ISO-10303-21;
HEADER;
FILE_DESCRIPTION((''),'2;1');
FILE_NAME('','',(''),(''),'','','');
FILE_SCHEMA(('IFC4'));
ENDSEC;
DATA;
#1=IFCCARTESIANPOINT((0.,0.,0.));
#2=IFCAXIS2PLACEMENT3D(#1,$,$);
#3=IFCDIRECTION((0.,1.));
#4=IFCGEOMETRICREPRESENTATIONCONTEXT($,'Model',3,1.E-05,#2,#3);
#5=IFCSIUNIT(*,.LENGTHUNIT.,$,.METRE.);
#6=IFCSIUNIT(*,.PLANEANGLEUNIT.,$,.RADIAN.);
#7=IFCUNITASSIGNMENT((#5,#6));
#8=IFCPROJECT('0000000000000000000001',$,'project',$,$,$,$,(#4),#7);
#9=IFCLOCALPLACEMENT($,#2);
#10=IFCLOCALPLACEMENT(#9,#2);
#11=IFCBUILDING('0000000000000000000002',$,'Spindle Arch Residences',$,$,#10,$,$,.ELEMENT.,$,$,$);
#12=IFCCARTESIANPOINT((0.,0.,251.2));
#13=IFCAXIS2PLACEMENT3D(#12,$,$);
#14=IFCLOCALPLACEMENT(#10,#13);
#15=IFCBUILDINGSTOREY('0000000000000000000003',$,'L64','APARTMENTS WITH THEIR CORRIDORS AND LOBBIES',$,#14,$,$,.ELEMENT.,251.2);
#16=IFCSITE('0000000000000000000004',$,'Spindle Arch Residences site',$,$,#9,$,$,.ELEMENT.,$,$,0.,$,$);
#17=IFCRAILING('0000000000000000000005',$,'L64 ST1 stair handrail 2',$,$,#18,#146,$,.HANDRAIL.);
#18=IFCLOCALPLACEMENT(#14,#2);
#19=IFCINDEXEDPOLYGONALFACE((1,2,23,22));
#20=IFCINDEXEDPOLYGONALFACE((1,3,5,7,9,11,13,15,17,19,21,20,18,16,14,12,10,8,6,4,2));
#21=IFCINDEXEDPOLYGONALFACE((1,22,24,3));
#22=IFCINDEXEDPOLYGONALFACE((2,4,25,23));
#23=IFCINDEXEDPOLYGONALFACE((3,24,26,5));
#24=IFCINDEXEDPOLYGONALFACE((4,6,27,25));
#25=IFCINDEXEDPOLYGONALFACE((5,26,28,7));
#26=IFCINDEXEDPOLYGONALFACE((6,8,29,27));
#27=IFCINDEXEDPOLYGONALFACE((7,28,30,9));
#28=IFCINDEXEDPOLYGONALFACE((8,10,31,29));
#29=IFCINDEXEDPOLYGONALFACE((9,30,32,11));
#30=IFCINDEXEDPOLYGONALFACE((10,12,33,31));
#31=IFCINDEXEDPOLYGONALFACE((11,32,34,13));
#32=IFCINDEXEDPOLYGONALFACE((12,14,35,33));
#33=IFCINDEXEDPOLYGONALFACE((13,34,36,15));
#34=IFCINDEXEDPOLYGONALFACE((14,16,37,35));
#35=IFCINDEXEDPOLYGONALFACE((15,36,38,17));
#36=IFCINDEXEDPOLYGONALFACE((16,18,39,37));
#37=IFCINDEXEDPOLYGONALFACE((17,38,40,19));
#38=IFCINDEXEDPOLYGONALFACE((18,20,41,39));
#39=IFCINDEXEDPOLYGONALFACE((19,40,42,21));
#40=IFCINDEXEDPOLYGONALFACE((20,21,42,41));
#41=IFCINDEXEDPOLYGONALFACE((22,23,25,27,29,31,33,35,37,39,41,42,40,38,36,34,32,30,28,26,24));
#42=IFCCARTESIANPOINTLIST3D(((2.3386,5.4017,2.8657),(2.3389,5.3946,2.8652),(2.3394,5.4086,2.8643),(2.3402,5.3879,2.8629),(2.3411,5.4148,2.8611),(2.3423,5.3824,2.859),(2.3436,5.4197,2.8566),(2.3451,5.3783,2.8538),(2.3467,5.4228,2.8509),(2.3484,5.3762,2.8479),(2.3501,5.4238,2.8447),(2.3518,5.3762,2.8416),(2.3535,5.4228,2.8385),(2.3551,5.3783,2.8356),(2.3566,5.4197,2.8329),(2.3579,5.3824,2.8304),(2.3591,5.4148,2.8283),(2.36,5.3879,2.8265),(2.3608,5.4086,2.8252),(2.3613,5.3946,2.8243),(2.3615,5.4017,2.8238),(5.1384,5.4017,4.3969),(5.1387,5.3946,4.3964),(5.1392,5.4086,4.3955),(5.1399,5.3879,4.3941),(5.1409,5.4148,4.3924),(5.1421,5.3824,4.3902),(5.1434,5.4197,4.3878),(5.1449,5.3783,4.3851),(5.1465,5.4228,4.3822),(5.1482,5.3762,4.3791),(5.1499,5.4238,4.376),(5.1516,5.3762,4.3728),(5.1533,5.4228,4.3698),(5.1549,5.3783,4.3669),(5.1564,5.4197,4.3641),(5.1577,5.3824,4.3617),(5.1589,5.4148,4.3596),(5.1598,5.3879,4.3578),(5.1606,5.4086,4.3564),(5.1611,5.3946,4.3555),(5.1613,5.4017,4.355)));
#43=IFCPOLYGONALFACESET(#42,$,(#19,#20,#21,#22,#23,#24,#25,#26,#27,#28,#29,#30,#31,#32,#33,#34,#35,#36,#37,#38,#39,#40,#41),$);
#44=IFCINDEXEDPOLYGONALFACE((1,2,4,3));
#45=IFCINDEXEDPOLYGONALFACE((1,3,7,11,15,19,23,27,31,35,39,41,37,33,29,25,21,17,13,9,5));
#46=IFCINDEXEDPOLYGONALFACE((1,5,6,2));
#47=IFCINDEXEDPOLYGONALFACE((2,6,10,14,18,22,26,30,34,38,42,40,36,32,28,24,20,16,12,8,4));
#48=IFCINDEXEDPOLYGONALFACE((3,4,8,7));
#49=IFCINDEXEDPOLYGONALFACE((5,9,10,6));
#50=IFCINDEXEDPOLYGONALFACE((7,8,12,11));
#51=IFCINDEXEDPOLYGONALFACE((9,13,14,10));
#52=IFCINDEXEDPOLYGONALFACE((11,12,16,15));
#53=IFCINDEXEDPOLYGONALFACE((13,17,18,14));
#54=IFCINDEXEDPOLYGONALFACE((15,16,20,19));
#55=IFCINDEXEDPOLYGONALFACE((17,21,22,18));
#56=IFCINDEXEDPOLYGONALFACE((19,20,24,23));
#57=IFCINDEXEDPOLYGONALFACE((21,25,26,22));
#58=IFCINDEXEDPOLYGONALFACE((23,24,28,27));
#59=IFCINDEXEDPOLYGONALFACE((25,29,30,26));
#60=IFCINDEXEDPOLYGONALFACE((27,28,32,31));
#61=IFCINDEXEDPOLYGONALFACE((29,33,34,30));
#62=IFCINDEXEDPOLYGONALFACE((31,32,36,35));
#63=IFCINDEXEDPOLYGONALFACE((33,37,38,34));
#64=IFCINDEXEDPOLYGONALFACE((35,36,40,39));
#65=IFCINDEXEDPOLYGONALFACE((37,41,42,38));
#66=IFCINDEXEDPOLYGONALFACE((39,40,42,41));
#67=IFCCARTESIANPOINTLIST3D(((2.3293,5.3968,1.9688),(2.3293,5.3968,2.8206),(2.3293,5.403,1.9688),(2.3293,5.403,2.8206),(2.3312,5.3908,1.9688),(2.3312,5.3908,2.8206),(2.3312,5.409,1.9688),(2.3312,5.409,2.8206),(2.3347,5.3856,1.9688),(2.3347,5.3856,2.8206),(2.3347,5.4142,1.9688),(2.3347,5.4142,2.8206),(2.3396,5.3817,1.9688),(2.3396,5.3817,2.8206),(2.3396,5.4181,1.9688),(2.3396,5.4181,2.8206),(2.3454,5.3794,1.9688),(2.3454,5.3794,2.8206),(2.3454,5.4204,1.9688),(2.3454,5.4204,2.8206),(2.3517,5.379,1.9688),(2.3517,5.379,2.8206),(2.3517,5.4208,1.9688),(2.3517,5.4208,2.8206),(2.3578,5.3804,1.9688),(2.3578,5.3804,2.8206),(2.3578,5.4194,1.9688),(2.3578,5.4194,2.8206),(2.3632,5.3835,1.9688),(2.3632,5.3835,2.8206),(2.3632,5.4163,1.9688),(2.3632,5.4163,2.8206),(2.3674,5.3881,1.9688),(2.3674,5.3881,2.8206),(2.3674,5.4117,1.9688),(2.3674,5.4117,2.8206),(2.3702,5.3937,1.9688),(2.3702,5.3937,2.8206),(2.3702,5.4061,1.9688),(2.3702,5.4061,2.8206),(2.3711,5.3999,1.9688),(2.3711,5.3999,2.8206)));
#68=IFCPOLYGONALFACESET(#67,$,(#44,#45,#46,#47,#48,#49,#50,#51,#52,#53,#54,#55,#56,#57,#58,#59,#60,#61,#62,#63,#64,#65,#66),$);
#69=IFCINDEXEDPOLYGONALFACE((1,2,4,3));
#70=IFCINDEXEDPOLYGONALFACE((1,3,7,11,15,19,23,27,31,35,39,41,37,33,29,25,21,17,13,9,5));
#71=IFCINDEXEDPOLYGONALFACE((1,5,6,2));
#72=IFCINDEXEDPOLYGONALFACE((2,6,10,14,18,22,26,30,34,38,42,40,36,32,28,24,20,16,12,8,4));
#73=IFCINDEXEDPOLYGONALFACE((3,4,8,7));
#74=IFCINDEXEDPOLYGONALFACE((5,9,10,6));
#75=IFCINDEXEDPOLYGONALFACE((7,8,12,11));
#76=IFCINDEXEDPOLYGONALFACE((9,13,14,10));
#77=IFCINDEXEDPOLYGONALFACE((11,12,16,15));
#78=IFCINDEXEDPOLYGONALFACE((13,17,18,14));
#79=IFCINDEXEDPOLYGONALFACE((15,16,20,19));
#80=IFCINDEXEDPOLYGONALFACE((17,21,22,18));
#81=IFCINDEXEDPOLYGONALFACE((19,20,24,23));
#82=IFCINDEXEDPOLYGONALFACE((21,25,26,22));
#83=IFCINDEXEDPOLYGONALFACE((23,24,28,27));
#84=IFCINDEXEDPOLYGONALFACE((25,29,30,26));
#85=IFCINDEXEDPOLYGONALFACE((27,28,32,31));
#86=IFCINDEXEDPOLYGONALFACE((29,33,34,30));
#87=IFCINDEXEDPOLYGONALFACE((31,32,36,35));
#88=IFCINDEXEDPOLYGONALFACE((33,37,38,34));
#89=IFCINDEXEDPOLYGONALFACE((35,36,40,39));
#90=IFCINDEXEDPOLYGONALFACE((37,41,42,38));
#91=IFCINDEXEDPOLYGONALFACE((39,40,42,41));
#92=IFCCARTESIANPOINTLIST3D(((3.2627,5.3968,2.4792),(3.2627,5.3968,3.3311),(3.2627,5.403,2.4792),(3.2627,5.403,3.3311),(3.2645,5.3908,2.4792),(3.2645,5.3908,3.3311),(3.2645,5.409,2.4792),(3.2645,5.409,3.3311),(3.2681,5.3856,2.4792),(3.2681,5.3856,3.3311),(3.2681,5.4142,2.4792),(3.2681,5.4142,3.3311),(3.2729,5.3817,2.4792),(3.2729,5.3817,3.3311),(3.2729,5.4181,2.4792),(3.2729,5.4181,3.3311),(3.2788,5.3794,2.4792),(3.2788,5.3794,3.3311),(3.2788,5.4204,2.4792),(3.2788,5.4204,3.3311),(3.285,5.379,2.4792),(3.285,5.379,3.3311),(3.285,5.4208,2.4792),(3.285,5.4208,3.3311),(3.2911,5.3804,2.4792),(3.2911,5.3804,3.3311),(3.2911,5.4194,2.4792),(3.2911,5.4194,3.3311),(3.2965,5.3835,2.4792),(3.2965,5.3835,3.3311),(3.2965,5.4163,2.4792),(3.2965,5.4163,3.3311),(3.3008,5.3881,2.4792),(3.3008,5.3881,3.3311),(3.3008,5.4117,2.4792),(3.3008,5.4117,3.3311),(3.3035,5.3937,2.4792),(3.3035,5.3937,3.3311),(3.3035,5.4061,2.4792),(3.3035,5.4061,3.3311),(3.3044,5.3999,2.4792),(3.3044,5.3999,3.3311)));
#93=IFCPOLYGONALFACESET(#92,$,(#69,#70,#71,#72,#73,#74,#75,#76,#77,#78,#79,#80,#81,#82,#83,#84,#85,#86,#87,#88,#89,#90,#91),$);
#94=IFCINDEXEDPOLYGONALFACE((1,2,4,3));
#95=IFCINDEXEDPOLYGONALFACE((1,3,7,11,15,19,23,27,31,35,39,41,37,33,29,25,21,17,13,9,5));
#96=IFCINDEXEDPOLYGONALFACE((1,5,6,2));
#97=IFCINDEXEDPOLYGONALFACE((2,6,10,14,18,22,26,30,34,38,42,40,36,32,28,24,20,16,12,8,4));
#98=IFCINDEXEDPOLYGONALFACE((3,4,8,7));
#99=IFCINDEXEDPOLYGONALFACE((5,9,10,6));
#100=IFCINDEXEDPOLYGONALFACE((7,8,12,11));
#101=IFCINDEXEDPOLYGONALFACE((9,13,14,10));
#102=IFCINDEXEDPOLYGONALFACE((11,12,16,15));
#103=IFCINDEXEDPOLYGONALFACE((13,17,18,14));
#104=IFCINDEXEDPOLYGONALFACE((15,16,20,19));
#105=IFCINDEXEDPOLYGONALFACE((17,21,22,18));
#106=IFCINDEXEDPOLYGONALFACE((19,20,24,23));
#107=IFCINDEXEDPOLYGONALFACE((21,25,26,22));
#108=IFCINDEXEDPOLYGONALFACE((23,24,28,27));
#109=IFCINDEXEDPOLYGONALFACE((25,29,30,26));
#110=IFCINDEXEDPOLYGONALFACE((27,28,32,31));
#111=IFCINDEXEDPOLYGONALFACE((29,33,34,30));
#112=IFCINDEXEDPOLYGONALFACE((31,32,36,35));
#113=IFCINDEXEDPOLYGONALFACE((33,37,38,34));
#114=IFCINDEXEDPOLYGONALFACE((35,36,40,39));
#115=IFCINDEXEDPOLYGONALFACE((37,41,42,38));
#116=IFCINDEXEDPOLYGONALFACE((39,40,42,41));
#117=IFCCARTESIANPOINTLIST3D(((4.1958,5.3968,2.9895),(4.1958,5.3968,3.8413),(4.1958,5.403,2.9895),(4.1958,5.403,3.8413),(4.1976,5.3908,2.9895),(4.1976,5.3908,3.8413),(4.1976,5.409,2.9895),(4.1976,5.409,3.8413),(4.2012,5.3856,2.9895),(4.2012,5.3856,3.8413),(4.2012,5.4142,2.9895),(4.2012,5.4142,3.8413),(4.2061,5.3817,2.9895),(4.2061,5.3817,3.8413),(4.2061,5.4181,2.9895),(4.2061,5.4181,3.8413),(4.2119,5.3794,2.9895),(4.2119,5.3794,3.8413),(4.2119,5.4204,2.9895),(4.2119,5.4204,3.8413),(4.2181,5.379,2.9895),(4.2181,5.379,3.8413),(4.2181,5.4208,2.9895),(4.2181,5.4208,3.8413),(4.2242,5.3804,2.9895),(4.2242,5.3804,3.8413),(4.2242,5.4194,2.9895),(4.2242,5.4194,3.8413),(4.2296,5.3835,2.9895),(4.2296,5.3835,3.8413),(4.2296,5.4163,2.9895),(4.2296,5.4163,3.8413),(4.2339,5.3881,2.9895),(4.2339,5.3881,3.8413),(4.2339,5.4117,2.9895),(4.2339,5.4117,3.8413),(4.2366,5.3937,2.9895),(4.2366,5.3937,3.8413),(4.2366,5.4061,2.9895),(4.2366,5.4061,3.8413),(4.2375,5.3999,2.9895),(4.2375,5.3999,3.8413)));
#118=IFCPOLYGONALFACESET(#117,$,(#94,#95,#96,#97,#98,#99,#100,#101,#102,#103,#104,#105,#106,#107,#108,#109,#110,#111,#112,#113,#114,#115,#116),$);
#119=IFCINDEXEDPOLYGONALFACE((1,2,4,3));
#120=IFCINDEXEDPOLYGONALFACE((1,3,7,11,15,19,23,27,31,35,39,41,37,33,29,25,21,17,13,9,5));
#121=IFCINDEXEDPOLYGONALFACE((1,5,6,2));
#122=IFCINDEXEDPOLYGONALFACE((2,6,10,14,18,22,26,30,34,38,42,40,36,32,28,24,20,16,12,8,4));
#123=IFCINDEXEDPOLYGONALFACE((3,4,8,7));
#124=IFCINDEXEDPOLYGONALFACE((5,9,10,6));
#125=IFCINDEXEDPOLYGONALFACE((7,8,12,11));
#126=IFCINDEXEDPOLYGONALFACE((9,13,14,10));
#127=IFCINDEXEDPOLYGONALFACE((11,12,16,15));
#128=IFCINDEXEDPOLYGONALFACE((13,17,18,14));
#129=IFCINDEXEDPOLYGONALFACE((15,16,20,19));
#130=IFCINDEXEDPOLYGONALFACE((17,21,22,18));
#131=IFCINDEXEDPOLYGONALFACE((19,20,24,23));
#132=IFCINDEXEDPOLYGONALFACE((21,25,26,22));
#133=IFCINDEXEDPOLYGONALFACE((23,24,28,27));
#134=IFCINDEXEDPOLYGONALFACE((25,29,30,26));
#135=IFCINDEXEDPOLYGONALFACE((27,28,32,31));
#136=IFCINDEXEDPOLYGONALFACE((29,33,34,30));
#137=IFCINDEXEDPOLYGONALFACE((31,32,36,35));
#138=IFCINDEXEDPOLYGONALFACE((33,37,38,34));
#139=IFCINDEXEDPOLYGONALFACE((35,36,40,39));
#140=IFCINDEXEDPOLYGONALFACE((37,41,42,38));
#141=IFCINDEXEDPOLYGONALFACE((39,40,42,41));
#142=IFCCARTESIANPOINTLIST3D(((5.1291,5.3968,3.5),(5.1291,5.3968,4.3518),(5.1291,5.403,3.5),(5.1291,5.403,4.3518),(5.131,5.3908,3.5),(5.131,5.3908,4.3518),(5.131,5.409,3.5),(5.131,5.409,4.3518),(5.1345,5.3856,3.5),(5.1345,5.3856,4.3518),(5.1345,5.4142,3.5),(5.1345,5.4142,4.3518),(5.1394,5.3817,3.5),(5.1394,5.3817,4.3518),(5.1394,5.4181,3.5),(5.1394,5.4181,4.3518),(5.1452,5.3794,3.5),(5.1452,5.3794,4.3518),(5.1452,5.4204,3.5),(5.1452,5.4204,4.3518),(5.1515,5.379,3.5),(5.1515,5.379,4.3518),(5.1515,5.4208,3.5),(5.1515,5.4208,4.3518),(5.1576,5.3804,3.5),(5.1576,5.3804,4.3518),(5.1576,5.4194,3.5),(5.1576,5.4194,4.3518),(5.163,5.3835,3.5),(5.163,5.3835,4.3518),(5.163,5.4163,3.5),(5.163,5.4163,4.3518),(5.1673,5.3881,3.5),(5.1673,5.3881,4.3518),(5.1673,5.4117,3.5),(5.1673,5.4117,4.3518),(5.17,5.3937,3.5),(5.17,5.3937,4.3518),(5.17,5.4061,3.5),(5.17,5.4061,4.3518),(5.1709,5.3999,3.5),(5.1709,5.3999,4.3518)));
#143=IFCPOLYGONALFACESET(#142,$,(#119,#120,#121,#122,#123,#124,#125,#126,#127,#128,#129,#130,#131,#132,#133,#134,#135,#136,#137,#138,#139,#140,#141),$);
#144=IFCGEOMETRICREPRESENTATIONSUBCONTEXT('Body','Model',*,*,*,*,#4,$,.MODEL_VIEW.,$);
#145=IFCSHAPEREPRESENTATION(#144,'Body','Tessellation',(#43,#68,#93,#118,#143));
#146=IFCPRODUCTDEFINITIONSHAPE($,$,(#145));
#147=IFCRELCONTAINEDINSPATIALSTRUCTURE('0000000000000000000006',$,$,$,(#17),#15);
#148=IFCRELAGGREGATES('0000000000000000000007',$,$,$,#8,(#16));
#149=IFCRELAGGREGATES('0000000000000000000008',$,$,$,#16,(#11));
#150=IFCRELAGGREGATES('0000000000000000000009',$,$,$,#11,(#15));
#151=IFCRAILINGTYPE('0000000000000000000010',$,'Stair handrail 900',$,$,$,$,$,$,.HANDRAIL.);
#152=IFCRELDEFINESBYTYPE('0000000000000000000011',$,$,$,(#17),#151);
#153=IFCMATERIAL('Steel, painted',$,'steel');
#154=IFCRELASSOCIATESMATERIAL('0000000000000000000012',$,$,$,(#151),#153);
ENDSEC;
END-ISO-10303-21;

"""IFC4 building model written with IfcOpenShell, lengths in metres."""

from ifc_helpers import new_model, si_unit, direction, frame, origin, origin_2d, place, context, subcontext, project, spatial, circle, extrude, material, type_object, element, save


model = new_model("IFC4")

# Units and contexts
model_context = context("Model", 3, precision=1e-05, world=origin(), true_north=direction((0.0, 1.0)))
body_context = subcontext(model_context, "Body", "Model", "MODEL_VIEW")
ifc_project = project(units=[si_unit("LENGTHUNIT", "METRE"), si_unit("PLANEANGLEUNIT", "RADIAN")], contexts=[model_context])

# Site, building, storey
site_placement = place(None, origin())
site = spatial("IfcSite", under=ifc_project, at=site_placement, Name="Spindle Arch Residences site", CompositionType="ELEMENT", RefElevation=0.0)
building_placement = place(site_placement, origin())
building = spatial("IfcBuilding", under=site, at=building_placement, Name="Spindle Arch Residences", CompositionType="ELEMENT")
storey_placement = place(building_placement, frame((0.0, 0.0, 251.2)))
storey = spatial("IfcBuildingStorey", under=building, at=storey_placement, Name="L64", Description="APARTMENTS WITH THEIR CORRIDORS AND LOBBIES", CompositionType="ELEMENT", Elevation=251.2)

# Railing
ifc_material_1 = material(Name="Steel, painted", Category="steel")
railing_type_1 = type_object("IfcRailingType", Name="Stair handrail 900", PredefinedType="HANDRAIL", material=ifc_material_1)
railing_1_placement = place(storey_placement, frame((2.3501, 5.3999, 1.9688)))
element("IfcRailing", 1, at=railing_1_placement, inside=storey, type_object=railing_type_1, Name="L64 ST1 stair handrail 2", PredefinedType="HANDRAIL", context=body_context, shape_type="SweptSolid", body=[
    extrude(circle(Radius=0.0239, at=origin_2d()), frame((0.0, 0.0, 0.876), z_axis=(0.877357, 0.0, 0.479838), x_axis=(0.0, 1.0, 0.0)), (0.0, 0.0, 1.0), 3.1912),
    extrude(circle(Radius=0.021, at=origin_2d()), origin(), (0.0, 0.0, 1.0), 0.8518),
    extrude(circle(Radius=0.021, at=origin_2d()), frame((0.9333, 0.0, 0.5105)), (0.0, 0.0, 1.0), 0.8518),
    extrude(circle(Radius=0.021, at=origin_2d()), frame((1.8665, 0.0, 1.0208)), (0.0, 0.0, 1.0), 0.8518),
    extrude(circle(Radius=0.021, at=origin_2d()), frame((2.7998, 0.0, 1.5312)), (0.0, 0.0, 1.0), 0.8518),
])

save(model, "model.ifc")
